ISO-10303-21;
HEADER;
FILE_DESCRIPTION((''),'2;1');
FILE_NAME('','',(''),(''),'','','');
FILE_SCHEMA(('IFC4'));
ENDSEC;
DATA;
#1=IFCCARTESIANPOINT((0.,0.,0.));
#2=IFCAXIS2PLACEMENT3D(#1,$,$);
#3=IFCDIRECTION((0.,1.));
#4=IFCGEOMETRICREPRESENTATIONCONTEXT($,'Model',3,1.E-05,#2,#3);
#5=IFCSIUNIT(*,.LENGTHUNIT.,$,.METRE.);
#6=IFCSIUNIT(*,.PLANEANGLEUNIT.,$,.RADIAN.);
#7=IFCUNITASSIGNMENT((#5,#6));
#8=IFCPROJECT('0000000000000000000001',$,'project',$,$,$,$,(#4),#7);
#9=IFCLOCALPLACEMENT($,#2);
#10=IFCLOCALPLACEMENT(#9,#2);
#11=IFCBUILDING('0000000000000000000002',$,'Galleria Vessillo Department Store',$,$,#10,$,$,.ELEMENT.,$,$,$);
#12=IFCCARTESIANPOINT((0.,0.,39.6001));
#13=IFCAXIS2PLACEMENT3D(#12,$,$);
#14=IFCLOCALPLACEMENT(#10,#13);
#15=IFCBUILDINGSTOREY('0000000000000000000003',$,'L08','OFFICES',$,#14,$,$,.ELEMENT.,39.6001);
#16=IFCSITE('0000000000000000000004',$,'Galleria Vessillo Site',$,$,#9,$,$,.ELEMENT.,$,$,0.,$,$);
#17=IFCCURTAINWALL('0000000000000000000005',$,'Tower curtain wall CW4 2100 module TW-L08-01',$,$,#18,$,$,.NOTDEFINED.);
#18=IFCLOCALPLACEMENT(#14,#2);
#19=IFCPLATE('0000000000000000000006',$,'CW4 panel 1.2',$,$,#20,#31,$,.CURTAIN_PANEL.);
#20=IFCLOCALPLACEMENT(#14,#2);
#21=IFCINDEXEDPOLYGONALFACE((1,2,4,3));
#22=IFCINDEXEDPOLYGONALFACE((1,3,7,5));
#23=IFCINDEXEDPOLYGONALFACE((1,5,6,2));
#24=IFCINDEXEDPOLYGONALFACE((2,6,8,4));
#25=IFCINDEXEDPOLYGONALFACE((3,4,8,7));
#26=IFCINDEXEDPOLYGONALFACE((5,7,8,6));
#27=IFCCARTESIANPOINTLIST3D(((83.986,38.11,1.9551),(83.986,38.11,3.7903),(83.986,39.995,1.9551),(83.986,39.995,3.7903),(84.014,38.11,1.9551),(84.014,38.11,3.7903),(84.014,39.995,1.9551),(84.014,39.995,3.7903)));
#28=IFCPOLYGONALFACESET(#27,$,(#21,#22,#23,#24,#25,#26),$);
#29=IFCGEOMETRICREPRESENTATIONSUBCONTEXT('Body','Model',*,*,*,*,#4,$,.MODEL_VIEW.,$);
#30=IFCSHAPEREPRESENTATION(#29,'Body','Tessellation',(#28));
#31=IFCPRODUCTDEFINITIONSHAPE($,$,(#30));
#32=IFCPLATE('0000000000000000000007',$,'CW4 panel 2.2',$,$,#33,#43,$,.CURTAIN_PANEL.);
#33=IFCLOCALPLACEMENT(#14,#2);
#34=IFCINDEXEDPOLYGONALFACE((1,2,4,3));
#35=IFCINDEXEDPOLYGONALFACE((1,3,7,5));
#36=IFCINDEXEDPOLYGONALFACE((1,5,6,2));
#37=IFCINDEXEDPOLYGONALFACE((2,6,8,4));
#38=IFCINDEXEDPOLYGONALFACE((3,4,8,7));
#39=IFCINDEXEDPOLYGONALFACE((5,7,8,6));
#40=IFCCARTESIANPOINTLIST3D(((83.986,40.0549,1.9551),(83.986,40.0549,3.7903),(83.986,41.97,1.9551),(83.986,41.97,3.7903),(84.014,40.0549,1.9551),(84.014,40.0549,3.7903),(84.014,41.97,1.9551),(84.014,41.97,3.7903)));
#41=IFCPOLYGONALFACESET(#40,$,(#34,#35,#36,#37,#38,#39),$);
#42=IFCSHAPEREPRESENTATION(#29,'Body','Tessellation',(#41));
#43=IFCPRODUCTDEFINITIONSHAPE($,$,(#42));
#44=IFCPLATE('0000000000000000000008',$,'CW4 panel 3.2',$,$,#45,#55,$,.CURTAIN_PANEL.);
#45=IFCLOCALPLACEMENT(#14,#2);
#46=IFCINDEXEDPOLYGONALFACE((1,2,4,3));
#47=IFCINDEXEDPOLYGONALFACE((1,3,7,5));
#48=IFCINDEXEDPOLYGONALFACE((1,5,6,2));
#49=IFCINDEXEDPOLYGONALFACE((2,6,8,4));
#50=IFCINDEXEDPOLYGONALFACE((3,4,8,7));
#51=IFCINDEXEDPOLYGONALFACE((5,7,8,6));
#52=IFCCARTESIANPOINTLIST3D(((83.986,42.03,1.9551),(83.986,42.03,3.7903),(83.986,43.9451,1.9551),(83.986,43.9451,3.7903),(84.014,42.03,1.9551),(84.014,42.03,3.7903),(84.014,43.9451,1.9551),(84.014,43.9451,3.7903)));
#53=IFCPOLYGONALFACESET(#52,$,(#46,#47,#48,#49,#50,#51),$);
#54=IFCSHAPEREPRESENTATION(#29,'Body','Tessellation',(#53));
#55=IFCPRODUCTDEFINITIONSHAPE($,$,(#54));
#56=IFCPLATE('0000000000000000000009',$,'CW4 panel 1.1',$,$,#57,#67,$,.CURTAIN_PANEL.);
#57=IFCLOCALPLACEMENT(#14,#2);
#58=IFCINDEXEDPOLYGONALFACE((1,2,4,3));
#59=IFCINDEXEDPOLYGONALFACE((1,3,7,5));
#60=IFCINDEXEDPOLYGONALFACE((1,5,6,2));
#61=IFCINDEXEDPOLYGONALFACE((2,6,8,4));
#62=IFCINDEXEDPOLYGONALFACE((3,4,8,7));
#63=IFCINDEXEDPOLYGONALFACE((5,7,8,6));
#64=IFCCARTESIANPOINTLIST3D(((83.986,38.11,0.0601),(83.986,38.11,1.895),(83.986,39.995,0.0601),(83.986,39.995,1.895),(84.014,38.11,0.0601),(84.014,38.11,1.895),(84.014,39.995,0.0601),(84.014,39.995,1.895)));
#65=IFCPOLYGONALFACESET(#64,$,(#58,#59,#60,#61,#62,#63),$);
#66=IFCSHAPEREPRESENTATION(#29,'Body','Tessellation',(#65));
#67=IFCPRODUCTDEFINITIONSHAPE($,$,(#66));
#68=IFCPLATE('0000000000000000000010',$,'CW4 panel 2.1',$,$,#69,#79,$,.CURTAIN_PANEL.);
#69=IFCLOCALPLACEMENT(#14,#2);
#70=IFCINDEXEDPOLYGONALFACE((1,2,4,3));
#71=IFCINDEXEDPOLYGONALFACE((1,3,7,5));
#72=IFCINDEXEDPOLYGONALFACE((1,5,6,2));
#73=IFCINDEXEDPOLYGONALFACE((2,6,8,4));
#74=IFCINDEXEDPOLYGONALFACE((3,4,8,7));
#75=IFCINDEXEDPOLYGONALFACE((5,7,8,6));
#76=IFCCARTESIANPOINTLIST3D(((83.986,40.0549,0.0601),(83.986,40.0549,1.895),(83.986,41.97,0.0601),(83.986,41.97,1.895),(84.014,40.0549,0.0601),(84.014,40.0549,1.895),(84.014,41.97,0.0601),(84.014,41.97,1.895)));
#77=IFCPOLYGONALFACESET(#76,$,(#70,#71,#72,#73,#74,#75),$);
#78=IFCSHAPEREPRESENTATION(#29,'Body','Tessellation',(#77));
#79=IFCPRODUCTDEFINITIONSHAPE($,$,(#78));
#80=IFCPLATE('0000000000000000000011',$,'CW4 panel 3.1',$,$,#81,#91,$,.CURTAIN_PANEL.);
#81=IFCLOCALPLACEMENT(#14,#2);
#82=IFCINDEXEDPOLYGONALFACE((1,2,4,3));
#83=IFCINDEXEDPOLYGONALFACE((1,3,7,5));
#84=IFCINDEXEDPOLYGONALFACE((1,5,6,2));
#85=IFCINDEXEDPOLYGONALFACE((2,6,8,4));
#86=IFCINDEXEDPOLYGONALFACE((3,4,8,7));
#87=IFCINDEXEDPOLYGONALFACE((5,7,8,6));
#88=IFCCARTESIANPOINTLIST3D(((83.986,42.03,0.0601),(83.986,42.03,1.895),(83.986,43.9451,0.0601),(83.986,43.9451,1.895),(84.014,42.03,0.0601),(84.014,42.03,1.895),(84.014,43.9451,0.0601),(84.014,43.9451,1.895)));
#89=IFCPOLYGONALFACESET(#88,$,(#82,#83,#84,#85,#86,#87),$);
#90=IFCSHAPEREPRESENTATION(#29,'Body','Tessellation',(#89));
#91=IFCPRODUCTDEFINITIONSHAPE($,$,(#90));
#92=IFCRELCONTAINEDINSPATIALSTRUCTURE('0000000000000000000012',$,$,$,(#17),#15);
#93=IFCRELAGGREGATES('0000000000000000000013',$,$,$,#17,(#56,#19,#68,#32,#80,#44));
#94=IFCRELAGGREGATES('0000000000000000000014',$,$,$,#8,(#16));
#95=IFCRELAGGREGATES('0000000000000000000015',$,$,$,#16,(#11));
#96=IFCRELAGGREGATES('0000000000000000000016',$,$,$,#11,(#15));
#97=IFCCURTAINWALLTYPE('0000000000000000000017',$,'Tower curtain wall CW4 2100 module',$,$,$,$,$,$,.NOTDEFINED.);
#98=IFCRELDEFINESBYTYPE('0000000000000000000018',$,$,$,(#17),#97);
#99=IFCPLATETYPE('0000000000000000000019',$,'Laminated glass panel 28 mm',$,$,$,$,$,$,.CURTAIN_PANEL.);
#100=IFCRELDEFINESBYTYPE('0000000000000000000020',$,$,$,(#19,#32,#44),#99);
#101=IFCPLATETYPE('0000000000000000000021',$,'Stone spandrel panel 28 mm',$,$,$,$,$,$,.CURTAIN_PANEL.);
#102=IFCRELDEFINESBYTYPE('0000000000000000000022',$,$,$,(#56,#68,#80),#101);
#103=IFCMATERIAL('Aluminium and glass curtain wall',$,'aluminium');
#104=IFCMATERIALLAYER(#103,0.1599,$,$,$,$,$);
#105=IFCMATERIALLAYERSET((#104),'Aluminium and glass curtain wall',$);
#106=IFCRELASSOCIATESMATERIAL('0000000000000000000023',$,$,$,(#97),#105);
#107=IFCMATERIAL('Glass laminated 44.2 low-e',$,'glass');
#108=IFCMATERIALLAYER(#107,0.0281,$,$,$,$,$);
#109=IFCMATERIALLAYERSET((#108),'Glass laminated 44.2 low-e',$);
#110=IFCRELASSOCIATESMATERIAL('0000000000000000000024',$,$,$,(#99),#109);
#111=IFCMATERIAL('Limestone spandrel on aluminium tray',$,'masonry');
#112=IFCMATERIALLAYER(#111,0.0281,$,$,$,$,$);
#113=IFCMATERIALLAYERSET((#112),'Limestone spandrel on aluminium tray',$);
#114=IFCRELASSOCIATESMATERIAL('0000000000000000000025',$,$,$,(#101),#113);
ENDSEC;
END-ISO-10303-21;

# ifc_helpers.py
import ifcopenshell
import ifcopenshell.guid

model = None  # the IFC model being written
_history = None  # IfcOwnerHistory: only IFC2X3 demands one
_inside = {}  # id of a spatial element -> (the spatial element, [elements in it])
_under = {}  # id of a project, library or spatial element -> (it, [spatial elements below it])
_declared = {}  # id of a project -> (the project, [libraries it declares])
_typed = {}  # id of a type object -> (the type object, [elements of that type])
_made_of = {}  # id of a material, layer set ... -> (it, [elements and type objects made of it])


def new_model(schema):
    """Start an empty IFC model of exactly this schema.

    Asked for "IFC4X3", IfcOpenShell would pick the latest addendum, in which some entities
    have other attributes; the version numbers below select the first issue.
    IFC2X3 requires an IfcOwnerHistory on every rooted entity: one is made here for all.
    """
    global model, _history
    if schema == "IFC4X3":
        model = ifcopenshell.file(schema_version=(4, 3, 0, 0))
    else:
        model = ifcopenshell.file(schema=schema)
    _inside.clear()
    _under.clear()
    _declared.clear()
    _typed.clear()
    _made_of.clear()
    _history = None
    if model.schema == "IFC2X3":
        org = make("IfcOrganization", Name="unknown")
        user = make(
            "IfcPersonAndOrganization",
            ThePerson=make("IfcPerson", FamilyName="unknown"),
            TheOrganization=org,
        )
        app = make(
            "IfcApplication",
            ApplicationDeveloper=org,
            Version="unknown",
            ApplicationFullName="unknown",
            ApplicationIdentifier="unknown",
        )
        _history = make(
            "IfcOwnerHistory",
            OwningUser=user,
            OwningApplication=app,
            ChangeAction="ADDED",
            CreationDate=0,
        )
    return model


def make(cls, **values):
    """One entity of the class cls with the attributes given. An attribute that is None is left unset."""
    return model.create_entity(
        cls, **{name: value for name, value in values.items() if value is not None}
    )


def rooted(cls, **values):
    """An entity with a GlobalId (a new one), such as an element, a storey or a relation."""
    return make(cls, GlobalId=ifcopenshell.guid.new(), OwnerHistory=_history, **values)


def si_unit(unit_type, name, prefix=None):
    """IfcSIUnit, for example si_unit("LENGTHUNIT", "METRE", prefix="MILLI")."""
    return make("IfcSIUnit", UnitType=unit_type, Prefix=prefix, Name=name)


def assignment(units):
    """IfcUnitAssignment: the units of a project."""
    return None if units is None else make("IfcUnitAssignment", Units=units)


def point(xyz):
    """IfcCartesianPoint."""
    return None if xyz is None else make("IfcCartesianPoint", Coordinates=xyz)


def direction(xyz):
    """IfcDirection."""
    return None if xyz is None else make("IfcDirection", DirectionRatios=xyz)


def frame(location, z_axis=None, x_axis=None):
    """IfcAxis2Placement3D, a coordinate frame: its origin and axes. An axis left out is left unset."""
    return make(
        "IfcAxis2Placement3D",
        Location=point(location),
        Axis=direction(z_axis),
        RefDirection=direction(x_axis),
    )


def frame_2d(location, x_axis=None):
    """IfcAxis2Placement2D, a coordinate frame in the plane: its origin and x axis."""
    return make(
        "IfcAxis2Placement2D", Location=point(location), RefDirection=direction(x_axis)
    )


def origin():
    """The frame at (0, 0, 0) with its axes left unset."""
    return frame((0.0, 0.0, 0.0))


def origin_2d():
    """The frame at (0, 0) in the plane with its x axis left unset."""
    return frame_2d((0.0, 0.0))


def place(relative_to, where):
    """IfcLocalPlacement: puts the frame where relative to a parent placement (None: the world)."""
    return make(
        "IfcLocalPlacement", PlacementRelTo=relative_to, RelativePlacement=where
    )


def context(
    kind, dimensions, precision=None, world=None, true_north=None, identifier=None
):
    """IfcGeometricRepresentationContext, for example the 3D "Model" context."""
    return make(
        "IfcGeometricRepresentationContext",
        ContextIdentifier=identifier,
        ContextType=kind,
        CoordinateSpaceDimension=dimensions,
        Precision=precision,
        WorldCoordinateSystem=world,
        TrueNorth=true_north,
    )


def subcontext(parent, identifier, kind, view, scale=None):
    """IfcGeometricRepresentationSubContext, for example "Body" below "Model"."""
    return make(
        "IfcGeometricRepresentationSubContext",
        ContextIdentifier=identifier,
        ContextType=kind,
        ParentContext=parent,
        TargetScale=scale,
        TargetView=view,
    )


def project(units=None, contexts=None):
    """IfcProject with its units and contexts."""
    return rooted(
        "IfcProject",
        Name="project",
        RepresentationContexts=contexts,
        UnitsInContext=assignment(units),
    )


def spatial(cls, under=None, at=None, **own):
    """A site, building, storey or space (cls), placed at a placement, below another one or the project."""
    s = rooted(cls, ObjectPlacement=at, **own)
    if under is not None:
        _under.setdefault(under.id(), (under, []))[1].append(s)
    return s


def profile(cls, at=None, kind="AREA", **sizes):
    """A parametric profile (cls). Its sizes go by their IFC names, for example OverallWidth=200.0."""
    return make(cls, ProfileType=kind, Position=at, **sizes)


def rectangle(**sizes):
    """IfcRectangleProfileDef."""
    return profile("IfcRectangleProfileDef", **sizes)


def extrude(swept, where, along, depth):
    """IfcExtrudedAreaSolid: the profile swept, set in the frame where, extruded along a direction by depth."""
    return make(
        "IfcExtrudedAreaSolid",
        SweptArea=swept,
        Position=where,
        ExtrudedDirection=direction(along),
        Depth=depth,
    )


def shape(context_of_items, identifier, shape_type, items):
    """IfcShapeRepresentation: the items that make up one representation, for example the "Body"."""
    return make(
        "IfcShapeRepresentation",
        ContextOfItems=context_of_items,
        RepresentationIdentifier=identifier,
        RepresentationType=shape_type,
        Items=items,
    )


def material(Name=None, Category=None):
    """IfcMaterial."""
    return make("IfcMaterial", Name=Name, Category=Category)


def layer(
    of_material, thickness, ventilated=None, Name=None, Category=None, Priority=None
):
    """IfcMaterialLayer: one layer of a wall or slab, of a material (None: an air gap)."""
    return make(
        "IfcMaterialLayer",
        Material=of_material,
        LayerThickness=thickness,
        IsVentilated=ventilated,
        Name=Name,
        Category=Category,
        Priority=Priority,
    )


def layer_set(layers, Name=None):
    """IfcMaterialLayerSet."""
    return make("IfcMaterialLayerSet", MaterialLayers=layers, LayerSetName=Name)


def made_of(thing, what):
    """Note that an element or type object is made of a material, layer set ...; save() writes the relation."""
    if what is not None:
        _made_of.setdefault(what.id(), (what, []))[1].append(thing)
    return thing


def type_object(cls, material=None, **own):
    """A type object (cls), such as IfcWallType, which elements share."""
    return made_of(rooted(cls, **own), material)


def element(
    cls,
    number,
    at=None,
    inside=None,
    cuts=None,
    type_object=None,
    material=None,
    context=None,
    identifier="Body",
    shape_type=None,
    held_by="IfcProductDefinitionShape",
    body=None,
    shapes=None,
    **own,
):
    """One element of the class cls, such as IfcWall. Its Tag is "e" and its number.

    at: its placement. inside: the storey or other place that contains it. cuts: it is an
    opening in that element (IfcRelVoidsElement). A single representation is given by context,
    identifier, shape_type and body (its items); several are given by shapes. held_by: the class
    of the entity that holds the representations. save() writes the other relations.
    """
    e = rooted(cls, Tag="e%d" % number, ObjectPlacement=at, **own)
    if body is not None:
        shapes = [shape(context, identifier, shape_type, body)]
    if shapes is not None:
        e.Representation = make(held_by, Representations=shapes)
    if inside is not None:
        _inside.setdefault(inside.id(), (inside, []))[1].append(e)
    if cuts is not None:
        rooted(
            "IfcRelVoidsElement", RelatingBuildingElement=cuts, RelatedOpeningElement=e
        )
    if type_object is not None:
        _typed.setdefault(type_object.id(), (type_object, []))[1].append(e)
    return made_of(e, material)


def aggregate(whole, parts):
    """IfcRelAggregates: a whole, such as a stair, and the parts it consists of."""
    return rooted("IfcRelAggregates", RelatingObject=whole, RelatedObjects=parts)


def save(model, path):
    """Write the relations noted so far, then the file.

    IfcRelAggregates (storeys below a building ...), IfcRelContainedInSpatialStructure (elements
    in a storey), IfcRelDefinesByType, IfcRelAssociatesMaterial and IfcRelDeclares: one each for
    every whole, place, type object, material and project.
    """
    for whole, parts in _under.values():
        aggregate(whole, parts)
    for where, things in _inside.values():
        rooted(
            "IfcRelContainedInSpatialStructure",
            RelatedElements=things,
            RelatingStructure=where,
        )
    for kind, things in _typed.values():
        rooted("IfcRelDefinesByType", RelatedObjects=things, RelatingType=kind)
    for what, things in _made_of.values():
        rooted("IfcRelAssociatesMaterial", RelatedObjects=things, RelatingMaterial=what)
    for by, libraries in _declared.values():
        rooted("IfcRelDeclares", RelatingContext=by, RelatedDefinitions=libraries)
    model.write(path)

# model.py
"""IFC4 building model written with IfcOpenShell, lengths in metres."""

from ifc_helpers import new_model, si_unit, direction, frame, origin, origin_2d, place, context, subcontext, project, spatial, rectangle, extrude, material, layer, layer_set, type_object, element, aggregate, save


model = new_model("IFC4")

# Units and contexts
model_context = context("Model", 3, precision=1e-05, world=origin(), true_north=direction((0.0, 1.0)))
body_context = subcontext(model_context, "Body", "Model", "MODEL_VIEW")
ifc_project = project(units=[si_unit("LENGTHUNIT", "METRE"), si_unit("PLANEANGLEUNIT", "RADIAN")], contexts=[model_context])

# Site, building, storey
site_placement = place(None, origin())
site = spatial("IfcSite", under=ifc_project, at=site_placement, Name="Galleria Vessillo Site", CompositionType="ELEMENT", RefElevation=0.0)
building_placement = place(site_placement, origin())
building = spatial("IfcBuilding", under=site, at=building_placement, Name="Galleria Vessillo Department Store", CompositionType="ELEMENT")
storey_placement = place(building_placement, frame((0.0, 0.0, 39.6001)))
storey = spatial("IfcBuildingStorey", under=building, at=storey_placement, Name="L08", Description="OFFICES", CompositionType="ELEMENT", Elevation=39.6001)

# Curtain wall, plates
ifc_material_1 = material(Name="Aluminium and glass curtain wall", Category="aluminium")
ifc_layer_1 = layer(ifc_material_1, 0.1599)
ifc_layer_set_1 = layer_set([ifc_layer_1], Name="Aluminium and glass curtain wall")
curtain_wall_type = type_object("IfcCurtainWallType", Name="Tower curtain wall CW4 2100 module", PredefinedType="NOTDEFINED", material=ifc_layer_set_1)
curtain_wall_placement = place(storey_placement, origin())
curtain_wall = element("IfcCurtainWall", 1, at=curtain_wall_placement, inside=storey, type_object=curtain_wall_type, Name="Tower curtain wall CW4 2100 module TW-L08-01", PredefinedType="NOTDEFINED")
ifc_material_2 = material(Name="Glass laminated 44.2 low-e", Category="glass")
ifc_layer_2 = layer(ifc_material_2, 0.0281)
ifc_layer_set_2 = layer_set([ifc_layer_2], Name="Glass laminated 44.2 low-e")
plate_type_1 = type_object("IfcPlateType", Name="Laminated glass panel 28 mm", PredefinedType="CURTAIN_PANEL", material=ifc_layer_set_2)
plate_1_placement = place(storey_placement, frame((84.0, 39.0525, 1.9551), z_axis=(0.0, 0.0, 1.0), x_axis=(0.0, 1.0, 0.0)))
plate_1 = element("IfcPlate", 2, at=plate_1_placement, type_object=plate_type_1, Name="CW4 panel 1.2", PredefinedType="CURTAIN_PANEL", context=body_context, shape_type="SweptSolid", body=[
    extrude(rectangle(XDim=1.885, YDim=0.0281, at=origin_2d()), origin(), (0.0, 0.0, 1.0), 1.8352),
])
plate_2_placement = place(storey_placement, frame((84.0, 41.0125, 1.9551), z_axis=(0.0, 0.0, 1.0), x_axis=(0.0, 1.0, 0.0)))
plate_2 = element("IfcPlate", 3, at=plate_2_placement, type_object=plate_type_1, Name="CW4 panel 2.2", PredefinedType="CURTAIN_PANEL", context=body_context, shape_type="SweptSolid", body=[
    extrude(rectangle(XDim=1.915, YDim=0.0281, at=origin_2d()), origin(), (0.0, 0.0, 1.0), 1.8352),
])
plate_3_placement = place(storey_placement, frame((84.0, 42.9875, 1.9551), z_axis=(0.0, 0.0, 1.0), x_axis=(0.0, 1.0, 0.0)))
plate_3 = element("IfcPlate", 4, at=plate_3_placement, type_object=plate_type_1, Name="CW4 panel 3.2", PredefinedType="CURTAIN_PANEL", context=body_context, shape_type="SweptSolid", body=[
    extrude(rectangle(XDim=1.915, YDim=0.0281, at=origin_2d()), origin(), (0.0, 0.0, 1.0), 1.8352),
])
ifc_material_3 = material(Name="Limestone spandrel on aluminium tray", Category="masonry")
ifc_layer_3 = layer(ifc_material_3, 0.0281)
ifc_layer_set_3 = layer_set([ifc_layer_3], Name="Limestone spandrel on aluminium tray")
plate_type_2 = type_object("IfcPlateType", Name="Stone spandrel panel 28 mm", PredefinedType="CURTAIN_PANEL", material=ifc_layer_set_3)
plate_4_placement = place(storey_placement, frame((84.0, 39.0525, 0.0601), z_axis=(0.0, 0.0, 1.0), x_axis=(0.0, 1.0, 0.0)))
plate_4 = element("IfcPlate", 5, at=plate_4_placement, type_object=plate_type_2, Name="CW4 panel 1.1", PredefinedType="CURTAIN_PANEL", context=body_context, shape_type="SweptSolid", body=[
    extrude(rectangle(XDim=1.885, YDim=0.0281, at=origin_2d()), origin(), (0.0, 0.0, 1.0), 1.835),
])
plate_5_placement = place(storey_placement, frame((84.0, 41.0125, 0.0601), z_axis=(0.0, 0.0, 1.0), x_axis=(0.0, 1.0, 0.0)))
plate_5 = element("IfcPlate", 6, at=plate_5_placement, type_object=plate_type_2, Name="CW4 panel 2.1", PredefinedType="CURTAIN_PANEL", context=body_context, shape_type="SweptSolid", body=[
    extrude(rectangle(XDim=1.915, YDim=0.0281, at=origin_2d()), origin(), (0.0, 0.0, 1.0), 1.835),
])
plate_6_placement = place(storey_placement, frame((84.0, 42.9875, 0.0601), z_axis=(0.0, 0.0, 1.0), x_axis=(0.0, 1.0, 0.0)))
plate_6 = element("IfcPlate", 7, at=plate_6_placement, type_object=plate_type_2, Name="CW4 panel 3.1", PredefinedType="CURTAIN_PANEL", context=body_context, shape_type="SweptSolid", body=[
    extrude(rectangle(XDim=1.915, YDim=0.0281, at=origin_2d()), origin(), (0.0, 0.0, 1.0), 1.835),
])
aggregate(curtain_wall, [plate_4, plate_1, plate_5, plate_2, plate_6, plate_3])

save(model, "model.ifc")
